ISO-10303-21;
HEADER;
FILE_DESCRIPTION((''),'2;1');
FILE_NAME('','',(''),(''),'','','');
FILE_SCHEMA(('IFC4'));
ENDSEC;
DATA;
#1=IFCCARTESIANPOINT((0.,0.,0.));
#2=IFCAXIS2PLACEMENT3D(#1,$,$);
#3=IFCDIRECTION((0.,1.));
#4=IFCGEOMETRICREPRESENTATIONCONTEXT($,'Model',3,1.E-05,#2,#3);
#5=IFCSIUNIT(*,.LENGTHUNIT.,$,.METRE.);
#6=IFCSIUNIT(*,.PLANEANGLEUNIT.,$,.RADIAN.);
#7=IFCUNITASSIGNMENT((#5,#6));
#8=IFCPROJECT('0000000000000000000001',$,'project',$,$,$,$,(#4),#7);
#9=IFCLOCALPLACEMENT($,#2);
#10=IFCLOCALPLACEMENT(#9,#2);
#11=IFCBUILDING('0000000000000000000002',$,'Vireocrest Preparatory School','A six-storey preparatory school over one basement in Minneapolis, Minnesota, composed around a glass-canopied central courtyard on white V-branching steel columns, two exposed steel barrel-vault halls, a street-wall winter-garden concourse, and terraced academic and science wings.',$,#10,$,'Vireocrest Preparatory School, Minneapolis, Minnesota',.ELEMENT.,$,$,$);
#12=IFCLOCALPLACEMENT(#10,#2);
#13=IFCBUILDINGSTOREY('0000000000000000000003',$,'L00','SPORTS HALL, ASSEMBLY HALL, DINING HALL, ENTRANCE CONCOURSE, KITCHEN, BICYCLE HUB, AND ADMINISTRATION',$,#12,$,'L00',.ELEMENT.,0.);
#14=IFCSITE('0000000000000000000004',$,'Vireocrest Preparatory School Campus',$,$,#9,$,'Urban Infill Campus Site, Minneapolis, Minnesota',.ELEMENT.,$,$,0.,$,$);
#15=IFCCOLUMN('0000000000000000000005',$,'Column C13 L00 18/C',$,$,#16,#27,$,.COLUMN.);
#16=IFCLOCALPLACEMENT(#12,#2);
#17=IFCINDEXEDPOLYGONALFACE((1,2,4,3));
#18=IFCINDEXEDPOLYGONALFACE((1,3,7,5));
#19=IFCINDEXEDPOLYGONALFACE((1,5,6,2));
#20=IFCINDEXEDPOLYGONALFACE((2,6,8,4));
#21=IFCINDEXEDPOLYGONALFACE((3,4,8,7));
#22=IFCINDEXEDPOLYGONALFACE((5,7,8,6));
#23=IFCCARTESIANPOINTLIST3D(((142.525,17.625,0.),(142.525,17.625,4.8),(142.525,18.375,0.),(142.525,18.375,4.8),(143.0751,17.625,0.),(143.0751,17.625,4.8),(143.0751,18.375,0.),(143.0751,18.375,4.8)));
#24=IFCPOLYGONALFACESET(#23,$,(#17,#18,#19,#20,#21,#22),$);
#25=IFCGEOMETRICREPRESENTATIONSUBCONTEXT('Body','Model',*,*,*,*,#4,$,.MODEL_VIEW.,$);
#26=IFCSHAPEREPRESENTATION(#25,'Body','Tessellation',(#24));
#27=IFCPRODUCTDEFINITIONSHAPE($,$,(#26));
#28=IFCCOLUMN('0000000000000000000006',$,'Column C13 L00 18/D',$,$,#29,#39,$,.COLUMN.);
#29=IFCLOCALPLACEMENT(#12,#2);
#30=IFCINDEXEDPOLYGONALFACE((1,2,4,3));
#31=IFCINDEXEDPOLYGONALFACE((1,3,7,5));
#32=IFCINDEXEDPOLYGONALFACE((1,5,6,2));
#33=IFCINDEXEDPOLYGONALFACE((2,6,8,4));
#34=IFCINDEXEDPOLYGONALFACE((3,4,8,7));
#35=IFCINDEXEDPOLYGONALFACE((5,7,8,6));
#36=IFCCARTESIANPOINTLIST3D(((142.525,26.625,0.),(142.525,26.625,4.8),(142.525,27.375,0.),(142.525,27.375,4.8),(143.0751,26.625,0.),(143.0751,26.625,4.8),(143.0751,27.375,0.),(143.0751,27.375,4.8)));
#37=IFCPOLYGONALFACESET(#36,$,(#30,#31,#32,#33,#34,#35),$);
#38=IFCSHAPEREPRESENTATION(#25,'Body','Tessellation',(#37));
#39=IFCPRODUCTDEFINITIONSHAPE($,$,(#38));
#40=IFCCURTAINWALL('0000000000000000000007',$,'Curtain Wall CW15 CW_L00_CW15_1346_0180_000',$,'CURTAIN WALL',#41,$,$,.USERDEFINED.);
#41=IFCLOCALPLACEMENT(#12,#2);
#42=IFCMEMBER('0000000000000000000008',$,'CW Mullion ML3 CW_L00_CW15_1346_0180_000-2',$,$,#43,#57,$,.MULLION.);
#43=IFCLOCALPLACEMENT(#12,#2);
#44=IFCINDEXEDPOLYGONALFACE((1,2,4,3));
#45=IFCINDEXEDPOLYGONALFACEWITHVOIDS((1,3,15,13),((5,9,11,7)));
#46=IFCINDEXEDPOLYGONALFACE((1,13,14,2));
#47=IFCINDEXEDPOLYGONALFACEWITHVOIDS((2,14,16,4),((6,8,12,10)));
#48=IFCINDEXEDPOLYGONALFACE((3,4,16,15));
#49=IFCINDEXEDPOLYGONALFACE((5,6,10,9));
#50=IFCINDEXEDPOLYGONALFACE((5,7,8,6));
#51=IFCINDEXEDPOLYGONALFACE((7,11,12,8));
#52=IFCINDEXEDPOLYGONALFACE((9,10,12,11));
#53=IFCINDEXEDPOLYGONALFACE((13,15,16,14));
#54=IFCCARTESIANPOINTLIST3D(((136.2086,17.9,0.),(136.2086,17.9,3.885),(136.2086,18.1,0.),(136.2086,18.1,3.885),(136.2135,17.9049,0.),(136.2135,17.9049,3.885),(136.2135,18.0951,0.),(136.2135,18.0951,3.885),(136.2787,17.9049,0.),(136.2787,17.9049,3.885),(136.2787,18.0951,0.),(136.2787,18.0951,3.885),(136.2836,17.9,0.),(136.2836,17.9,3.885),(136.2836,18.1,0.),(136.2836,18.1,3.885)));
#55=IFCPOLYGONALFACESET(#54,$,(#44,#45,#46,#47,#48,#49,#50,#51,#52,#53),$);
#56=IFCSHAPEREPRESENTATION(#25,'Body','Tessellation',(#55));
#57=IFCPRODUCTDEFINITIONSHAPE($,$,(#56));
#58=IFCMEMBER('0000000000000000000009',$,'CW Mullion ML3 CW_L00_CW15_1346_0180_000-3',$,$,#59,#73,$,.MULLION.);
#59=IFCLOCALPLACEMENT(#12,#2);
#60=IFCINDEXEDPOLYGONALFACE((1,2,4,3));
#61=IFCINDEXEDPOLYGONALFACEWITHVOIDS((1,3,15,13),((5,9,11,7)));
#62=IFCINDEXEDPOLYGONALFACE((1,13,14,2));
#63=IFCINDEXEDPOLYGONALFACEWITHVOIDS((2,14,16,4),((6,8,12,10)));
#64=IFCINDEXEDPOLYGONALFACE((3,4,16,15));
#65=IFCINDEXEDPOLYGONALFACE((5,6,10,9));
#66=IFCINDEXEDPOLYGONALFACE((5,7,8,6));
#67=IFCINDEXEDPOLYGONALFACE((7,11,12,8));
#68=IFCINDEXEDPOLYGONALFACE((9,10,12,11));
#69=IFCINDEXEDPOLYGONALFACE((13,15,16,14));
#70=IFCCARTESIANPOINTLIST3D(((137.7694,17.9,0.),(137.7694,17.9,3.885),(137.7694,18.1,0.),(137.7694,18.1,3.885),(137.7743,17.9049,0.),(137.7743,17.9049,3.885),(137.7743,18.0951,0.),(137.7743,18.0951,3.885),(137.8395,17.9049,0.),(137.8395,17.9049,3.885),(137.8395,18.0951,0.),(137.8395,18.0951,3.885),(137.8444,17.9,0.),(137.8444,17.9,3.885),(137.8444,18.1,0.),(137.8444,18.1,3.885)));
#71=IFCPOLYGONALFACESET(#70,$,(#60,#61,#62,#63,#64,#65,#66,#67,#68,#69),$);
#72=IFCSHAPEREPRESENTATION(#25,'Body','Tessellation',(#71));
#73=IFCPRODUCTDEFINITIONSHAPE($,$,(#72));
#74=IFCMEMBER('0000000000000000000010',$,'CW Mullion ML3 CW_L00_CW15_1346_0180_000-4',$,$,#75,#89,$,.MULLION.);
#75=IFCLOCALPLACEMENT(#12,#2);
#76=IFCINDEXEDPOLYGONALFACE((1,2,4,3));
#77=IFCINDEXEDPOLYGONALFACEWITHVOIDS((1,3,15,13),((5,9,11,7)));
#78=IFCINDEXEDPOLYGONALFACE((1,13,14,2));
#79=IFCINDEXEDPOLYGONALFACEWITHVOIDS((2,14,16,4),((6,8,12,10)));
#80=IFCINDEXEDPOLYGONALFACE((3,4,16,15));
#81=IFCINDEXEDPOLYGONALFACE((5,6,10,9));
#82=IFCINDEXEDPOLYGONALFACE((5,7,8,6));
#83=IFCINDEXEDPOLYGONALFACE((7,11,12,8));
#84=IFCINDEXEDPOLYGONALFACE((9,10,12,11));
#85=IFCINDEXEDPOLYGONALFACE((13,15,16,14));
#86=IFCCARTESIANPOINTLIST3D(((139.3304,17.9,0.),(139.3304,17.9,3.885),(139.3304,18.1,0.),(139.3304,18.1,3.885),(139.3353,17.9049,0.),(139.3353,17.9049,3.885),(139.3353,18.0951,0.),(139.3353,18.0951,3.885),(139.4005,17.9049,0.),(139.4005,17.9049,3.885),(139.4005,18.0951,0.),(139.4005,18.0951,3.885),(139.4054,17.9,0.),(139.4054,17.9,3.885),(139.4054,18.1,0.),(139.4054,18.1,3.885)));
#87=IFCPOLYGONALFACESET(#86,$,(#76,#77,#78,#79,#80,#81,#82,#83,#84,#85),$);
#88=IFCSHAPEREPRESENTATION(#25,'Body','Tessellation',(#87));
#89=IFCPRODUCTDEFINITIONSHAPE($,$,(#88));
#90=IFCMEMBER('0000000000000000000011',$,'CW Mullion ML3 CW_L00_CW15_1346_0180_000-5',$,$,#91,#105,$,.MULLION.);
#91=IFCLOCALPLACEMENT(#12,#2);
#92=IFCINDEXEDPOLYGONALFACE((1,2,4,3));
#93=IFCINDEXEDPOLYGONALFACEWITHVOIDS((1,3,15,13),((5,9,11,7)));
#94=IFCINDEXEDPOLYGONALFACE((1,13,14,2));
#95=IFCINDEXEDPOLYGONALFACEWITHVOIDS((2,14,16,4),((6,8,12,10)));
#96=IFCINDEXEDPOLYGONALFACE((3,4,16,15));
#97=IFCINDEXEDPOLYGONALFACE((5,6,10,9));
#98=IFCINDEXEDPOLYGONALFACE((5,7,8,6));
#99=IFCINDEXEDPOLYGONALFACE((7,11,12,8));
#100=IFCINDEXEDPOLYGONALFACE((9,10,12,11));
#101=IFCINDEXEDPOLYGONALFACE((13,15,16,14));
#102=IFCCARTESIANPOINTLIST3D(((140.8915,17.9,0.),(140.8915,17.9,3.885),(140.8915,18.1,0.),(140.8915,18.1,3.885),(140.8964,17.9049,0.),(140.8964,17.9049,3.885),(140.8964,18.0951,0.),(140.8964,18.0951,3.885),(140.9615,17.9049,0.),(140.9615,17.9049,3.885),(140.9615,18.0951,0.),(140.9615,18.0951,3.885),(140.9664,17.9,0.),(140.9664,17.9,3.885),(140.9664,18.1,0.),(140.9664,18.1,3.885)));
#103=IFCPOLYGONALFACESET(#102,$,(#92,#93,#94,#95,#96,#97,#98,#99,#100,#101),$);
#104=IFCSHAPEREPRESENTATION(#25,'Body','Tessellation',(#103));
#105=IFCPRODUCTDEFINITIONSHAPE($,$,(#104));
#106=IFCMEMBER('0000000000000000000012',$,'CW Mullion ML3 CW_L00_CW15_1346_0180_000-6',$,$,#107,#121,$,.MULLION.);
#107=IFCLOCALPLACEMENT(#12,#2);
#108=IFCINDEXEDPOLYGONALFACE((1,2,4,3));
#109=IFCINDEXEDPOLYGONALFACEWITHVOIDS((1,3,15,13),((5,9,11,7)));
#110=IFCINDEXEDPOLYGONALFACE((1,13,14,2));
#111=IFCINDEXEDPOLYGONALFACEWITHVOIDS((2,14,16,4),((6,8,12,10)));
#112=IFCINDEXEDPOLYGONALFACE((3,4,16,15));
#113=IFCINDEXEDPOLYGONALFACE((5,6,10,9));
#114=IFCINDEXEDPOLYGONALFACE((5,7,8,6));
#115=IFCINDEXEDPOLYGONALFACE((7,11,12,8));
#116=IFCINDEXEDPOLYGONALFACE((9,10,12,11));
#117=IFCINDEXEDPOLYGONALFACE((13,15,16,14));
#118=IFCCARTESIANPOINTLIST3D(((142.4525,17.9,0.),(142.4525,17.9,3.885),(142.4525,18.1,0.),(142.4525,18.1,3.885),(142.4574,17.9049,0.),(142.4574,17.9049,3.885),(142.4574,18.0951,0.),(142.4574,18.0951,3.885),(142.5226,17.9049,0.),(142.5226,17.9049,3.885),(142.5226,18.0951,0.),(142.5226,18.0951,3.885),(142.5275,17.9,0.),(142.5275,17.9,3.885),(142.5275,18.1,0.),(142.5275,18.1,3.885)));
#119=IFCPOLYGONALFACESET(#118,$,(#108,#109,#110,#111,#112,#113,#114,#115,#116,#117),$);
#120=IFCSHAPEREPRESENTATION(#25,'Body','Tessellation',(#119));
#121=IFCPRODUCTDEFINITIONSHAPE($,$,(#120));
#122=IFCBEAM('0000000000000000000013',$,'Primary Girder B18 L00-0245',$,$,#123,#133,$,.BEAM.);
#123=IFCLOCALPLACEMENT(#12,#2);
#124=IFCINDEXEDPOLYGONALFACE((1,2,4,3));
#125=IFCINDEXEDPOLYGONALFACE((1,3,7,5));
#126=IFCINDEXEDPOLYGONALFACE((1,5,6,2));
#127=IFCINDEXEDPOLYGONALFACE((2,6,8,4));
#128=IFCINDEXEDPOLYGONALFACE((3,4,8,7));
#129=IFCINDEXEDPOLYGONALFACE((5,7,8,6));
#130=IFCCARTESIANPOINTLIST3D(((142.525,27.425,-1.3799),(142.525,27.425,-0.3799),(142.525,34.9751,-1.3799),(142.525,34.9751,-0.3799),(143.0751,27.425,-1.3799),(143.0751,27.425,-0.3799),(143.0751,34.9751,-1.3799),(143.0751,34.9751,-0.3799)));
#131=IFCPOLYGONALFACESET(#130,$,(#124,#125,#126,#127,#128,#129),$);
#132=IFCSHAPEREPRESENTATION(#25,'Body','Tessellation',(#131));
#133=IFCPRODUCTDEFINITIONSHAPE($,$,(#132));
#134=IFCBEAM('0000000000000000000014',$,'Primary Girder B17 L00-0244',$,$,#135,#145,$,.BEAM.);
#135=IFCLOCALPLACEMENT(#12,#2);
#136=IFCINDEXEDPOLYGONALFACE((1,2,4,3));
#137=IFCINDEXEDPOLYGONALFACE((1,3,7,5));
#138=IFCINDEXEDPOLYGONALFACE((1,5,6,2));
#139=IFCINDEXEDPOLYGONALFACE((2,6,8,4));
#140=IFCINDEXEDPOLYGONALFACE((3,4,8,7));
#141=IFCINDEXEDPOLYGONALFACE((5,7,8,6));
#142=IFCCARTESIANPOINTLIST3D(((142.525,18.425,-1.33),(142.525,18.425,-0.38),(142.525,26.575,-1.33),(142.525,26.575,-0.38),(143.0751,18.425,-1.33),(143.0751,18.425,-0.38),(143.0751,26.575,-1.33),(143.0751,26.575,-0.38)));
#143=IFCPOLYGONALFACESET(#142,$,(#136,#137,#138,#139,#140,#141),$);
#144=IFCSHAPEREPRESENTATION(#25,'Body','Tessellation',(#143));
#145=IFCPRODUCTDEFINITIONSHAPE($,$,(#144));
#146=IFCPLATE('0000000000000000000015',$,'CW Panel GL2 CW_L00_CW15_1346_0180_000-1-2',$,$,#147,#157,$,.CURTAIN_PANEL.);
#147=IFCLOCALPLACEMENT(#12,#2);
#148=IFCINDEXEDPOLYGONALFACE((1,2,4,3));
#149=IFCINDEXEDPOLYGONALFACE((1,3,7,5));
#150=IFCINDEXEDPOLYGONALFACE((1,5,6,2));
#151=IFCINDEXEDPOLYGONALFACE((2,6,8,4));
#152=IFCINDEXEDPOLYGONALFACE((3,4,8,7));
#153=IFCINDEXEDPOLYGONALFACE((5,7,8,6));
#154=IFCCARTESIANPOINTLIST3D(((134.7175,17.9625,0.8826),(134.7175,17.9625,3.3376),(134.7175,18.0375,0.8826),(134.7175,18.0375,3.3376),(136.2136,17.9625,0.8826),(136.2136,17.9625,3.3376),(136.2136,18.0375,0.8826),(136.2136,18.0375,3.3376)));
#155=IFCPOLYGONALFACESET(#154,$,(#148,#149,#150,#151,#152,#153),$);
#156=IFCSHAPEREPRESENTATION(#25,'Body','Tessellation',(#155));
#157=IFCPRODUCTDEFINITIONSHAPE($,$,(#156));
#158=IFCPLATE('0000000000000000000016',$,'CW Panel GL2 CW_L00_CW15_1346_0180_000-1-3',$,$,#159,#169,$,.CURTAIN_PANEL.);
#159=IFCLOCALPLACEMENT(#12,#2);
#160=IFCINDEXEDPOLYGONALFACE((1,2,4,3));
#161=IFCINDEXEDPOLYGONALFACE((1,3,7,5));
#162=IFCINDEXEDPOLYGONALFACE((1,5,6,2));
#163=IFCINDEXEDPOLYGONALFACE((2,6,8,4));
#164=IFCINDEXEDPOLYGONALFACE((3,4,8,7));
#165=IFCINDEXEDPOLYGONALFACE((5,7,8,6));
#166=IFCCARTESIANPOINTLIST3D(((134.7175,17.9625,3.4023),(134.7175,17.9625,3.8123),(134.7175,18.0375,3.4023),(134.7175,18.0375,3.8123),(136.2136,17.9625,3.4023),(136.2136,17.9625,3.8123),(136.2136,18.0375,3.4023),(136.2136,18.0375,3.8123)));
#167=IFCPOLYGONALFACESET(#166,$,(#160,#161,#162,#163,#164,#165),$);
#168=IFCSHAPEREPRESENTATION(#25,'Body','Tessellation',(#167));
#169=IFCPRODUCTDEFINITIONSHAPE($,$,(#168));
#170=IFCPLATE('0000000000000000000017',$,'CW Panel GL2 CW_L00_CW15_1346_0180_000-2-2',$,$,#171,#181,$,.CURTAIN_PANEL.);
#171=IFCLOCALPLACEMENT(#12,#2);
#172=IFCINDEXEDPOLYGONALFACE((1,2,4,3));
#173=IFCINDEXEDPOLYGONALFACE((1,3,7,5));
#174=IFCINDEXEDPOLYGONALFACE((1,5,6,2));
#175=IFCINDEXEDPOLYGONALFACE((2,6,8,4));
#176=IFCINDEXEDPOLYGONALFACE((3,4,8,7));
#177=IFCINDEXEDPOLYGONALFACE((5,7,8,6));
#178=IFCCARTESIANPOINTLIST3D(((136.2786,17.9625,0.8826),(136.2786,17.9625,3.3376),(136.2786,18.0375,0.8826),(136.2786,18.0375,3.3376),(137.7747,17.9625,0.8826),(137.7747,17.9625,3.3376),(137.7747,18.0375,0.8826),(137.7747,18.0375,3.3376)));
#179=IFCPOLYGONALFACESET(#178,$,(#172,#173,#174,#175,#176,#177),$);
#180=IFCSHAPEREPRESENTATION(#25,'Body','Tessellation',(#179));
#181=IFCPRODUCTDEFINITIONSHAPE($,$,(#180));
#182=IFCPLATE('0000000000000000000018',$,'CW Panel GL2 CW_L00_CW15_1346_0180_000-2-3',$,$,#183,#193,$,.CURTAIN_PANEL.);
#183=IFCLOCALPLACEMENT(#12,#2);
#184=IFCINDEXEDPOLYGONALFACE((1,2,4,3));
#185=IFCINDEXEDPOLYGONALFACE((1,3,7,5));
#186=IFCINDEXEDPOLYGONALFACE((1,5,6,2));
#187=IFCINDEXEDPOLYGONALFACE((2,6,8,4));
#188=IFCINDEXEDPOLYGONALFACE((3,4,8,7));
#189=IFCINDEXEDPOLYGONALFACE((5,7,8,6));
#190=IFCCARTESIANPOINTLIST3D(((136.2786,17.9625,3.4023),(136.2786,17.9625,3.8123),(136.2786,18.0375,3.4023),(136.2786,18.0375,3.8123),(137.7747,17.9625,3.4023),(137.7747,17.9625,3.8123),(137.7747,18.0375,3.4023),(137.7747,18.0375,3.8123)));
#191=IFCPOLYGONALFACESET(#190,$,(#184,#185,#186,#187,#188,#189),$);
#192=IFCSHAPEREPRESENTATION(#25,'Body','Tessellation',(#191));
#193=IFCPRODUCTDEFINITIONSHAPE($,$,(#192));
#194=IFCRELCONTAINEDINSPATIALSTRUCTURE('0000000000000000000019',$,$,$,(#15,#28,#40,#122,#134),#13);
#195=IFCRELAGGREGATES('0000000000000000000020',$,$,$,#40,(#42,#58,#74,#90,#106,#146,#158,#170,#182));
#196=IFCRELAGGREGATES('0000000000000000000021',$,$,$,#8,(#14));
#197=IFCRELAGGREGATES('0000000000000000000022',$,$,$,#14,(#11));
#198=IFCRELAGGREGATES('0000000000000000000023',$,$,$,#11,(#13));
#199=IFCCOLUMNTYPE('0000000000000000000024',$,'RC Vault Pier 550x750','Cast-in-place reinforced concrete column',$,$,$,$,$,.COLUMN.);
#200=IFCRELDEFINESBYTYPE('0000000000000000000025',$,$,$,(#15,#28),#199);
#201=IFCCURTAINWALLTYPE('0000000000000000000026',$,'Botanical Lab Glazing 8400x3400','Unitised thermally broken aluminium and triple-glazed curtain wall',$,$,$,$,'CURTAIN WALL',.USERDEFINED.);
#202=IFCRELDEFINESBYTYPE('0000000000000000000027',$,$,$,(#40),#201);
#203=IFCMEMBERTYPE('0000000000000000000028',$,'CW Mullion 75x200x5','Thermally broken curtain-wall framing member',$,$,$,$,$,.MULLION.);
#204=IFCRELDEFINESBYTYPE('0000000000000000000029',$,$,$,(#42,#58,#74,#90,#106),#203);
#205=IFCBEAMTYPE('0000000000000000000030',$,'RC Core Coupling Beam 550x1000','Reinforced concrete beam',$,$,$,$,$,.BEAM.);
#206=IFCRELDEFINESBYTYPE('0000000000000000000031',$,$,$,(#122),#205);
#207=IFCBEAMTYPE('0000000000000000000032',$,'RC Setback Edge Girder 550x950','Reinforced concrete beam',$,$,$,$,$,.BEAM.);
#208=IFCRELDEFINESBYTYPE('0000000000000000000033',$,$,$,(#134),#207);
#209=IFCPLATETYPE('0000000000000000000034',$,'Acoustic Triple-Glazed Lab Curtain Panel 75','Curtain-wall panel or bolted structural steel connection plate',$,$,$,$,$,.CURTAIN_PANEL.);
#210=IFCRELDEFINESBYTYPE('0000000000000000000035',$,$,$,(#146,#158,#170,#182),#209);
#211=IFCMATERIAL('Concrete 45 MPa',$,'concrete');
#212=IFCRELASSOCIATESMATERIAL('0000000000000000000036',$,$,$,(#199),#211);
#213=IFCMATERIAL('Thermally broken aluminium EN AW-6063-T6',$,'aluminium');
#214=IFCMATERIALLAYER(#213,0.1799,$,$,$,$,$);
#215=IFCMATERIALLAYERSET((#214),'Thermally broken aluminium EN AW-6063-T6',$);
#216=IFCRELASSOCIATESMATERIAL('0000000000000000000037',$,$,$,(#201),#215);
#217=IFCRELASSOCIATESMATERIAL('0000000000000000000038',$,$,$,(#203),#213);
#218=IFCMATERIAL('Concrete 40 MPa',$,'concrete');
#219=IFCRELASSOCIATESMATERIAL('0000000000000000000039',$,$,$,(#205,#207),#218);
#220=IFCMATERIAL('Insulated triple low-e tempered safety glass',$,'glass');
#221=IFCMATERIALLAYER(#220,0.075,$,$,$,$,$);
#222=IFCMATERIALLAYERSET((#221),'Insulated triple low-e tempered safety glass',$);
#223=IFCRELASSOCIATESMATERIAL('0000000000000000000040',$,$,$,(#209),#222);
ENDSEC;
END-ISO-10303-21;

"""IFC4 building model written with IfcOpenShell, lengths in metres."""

from ifc_helpers import new_model, si_unit, direction, frame, origin, origin_2d, place, context, subcontext, project, spatial, rectangle, hollow_rectangle, extrude, material, layer, layer_set, material_profile, profile_set, type_object, element, aggregate, save


model = new_model("IFC4")

# Units and contexts
model_context = context("Model", 3, precision=1e-05, world=origin(), true_north=direction((0.0, 1.0)))
body_context = subcontext(model_context, "Body", "Model", "MODEL_VIEW")
ifc_project = project(units=[si_unit("LENGTHUNIT", "METRE"), si_unit("PLANEANGLEUNIT", "RADIAN")], contexts=[model_context])

# Site, building, storey
site_placement = place(None, origin())
site = spatial("IfcSite", under=ifc_project, at=site_placement, Name="Vireocrest Preparatory School Campus", LongName="Urban Infill Campus Site, Minneapolis, Minnesota", CompositionType="ELEMENT", RefElevation=0.0)
building_placement = place(site_placement, origin())
building = spatial("IfcBuilding", under=site, at=building_placement, Name="Vireocrest Preparatory School", Description="A six-storey preparatory school over one basement in Minneapolis, Minnesota, composed around a glass-canopied central courtyard on white V-branching steel columns, two exposed steel barrel-vault halls, a street-wall winter-garden concourse, and terraced academic and science wings.", LongName="Vireocrest Preparatory School, Minneapolis, Minnesota", CompositionType="ELEMENT")
storey_placement = place(building_placement, origin())
storey = spatial("IfcBuildingStorey", under=building, at=storey_placement, Name="L00", Description="SPORTS HALL, ASSEMBLY HALL, DINING HALL, ENTRANCE CONCOURSE, KITCHEN, BICYCLE HUB, AND ADMINISTRATION", LongName="L00", CompositionType="ELEMENT", Elevation=0.0)

# Columns
ifc_material_1 = material(Name="Concrete 45 MPa", Category="concrete")
ifc_material_profile_1 = material_profile(ifc_material_1, rectangle(XDim=0.55, YDim=0.75, at=origin_2d()), Name="RC 550x750")
ifc_profile_set_1 = profile_set([ifc_material_profile_1], Name="Concrete 45 MPa")
column_type = type_object("IfcColumnType", Name="RC Vault Pier 550x750", Description="Cast-in-place reinforced concrete column", PredefinedType="COLUMN", material=ifc_profile_set_1)
for number, where, z_axis, x_axis, name in (
    (1, (142.8, 18.0, 0.0), (0.0, 0.0, 1.0), (1.0, 0.0, 0.0), "Column C13 L00 18/C"),
    (2, (142.8, 27.0, 0.0), (0.0, 0.0, 1.0), (1.0, 0.0, 0.0), "Column C13 L00 18/D"),
):
    element("IfcColumn", number, at=place(storey_placement, frame(where, z_axis=z_axis, x_axis=x_axis)), inside=storey, type_object=column_type, Name=name, PredefinedType="COLUMN", context=body_context, shape_type="SweptSolid", body=[
        extrude(rectangle(XDim=0.55, YDim=0.75, at=origin_2d()), origin(), (0.0, 0.0, 1.0), 4.8),
    ])

# Curtain wall, members
ifc_material_2 = material(Name="Thermally broken aluminium EN AW-6063-T6", Category="aluminium")
ifc_layer_1 = layer(ifc_material_2, 0.1799)
ifc_layer_set_1 = layer_set([ifc_layer_1], Name="Thermally broken aluminium EN AW-6063-T6")
curtain_wall_type = type_object("IfcCurtainWallType", Name="Botanical Lab Glazing 8400x3400", Description="Unitised thermally broken aluminium and triple-glazed curtain wall", ElementType="CURTAIN WALL", PredefinedType="USERDEFINED", material=ifc_layer_set_1)
curtain_wall_placement = place(storey_placement, origin())
curtain_wall = element("IfcCurtainWall", 3, at=curtain_wall_placement, inside=storey, type_object=curtain_wall_type, Name="Curtain Wall CW15 CW_L00_CW15_1346_0180_000", ObjectType="CURTAIN WALL", PredefinedType="USERDEFINED")
ifc_material_profile_2 = material_profile(ifc_material_2, hollow_rectangle(XDim=0.075, YDim=0.2, WallThickness=0.0049, at=origin_2d()), Name="ALU 75x200x5")
ifc_profile_set_2 = profile_set([ifc_material_profile_2], Name="Thermally broken aluminium EN AW-6063-T6")
member_type = type_object("IfcMemberType", Name="CW Mullion 75x200x5", Description="Thermally broken curtain-wall framing member", PredefinedType="MULLION", material=ifc_profile_set_2)
member_1_placement = place(storey_placement, frame((136.2461, 18.0, 0.0), z_axis=(0.0, 0.0, 1.0), x_axis=(1.0, 0.0, 0.0)))
member_1 = element("IfcMember", 4, at=member_1_placement, type_object=member_type, Name="CW Mullion ML3 CW_L00_CW15_1346_0180_000-2", PredefinedType="MULLION", context=body_context, shape_type="SweptSolid", body=[
    extrude(hollow_rectangle(XDim=0.075, YDim=0.2, WallThickness=0.0049, at=origin_2d()), origin(), (0.0, 0.0, 1.0), 3.885),
])
member_2_placement = place(storey_placement, frame((137.8069, 18.0, 0.0), z_axis=(0.0, 0.0, 1.0), x_axis=(1.0, 0.0, 0.0)))
member_2 = element("IfcMember", 5, at=member_2_placement, type_object=member_type, Name="CW Mullion ML3 CW_L00_CW15_1346_0180_000-3", PredefinedType="MULLION", context=body_context, shape_type="SweptSolid", body=[
    extrude(hollow_rectangle(XDim=0.075, YDim=0.2, WallThickness=0.0049, at=origin_2d()), origin(), (0.0, 0.0, 1.0), 3.885),
])
member_3_placement = place(storey_placement, frame((139.3679, 18.0, 0.0), z_axis=(0.0, 0.0, 1.0), x_axis=(1.0, 0.0, 0.0)))
member_3 = element("IfcMember", 6, at=member_3_placement, type_object=member_type, Name="CW Mullion ML3 CW_L00_CW15_1346_0180_000-4", PredefinedType="MULLION", context=body_context, shape_type="SweptSolid", body=[
    extrude(hollow_rectangle(XDim=0.075, YDim=0.2, WallThickness=0.0049, at=origin_2d()), origin(), (0.0, 0.0, 1.0), 3.885),
])
member_4_placement = place(storey_placement, frame((140.929, 18.0, 0.0), z_axis=(0.0, 0.0, 1.0), x_axis=(1.0, 0.0, 0.0)))
member_4 = element("IfcMember", 7, at=member_4_placement, type_object=member_type, Name="CW Mullion ML3 CW_L00_CW15_1346_0180_000-5", PredefinedType="MULLION", context=body_context, shape_type="SweptSolid", body=[
    extrude(hollow_rectangle(XDim=0.075, YDim=0.2, WallThickness=0.0049, at=origin_2d()), origin(), (0.0, 0.0, 1.0), 3.885),
])
member_5_placement = place(storey_placement, frame((142.49, 18.0, 0.0), z_axis=(0.0, 0.0, 1.0), x_axis=(1.0, 0.0, 0.0)))
member_5 = element("IfcMember", 8, at=member_5_placement, type_object=member_type, Name="CW Mullion ML3 CW_L00_CW15_1346_0180_000-6", PredefinedType="MULLION", context=body_context, shape_type="SweptSolid", body=[
    extrude(hollow_rectangle(XDim=0.075, YDim=0.2, WallThickness=0.0049, at=origin_2d()), origin(), (0.0, 0.0, 1.0), 3.885),
])

# Beams
ifc_material_3 = material(Name="Concrete 40 MPa", Category="concrete")
ifc_material_profile_3 = material_profile(ifc_material_3, rectangle(XDim=0.55, YDim=1.0, at=origin_2d()), Name="RC 550x1000")
ifc_profile_set_3 = profile_set([ifc_material_profile_3], Name="Concrete 40 MPa")
beam_type_1 = type_object("IfcBeamType", Name="RC Core Coupling Beam 550x1000", Description="Reinforced concrete beam", PredefinedType="BEAM", material=ifc_profile_set_3)
beam_1_placement = place(storey_placement, frame((142.8, 27.425, -0.8799), z_axis=(0.0, 1.0, 0.0), x_axis=(-1.0, 0.0, 0.0)))
element("IfcBeam", 9, at=beam_1_placement, inside=storey, type_object=beam_type_1, Name="Primary Girder B18 L00-0245", PredefinedType="BEAM", context=body_context, shape_type="SweptSolid", body=[
    extrude(rectangle(XDim=0.55, YDim=1.0, at=origin_2d()), origin(), (0.0, 0.0, 1.0), 7.55),
])
ifc_material_profile_4 = material_profile(ifc_material_3, rectangle(XDim=0.55, YDim=0.95, at=origin_2d()), Name="RC 550x950")
ifc_profile_set_4 = profile_set([ifc_material_profile_4], Name="Concrete 40 MPa")
beam_type_2 = type_object("IfcBeamType", Name="RC Setback Edge Girder 550x950", Description="Reinforced concrete beam", PredefinedType="BEAM", material=ifc_profile_set_4)
beam_2_placement = place(storey_placement, frame((142.8, 18.425, -0.855), z_axis=(0.0, 1.0, 0.0), x_axis=(-1.0, 0.0, 0.0)))
element("IfcBeam", 10, at=beam_2_placement, inside=storey, type_object=beam_type_2, Name="Primary Girder B17 L00-0244", PredefinedType="BEAM", context=body_context, shape_type="SweptSolid", body=[
    extrude(rectangle(XDim=0.55, YDim=0.95, at=origin_2d()), origin(), (0.0, 0.0, 1.0), 8.1499),
])

# Plates
ifc_material_4 = material(Name="Insulated triple low-e tempered safety glass", Category="glass")
ifc_layer_2 = layer(ifc_material_4, 0.075)
ifc_layer_set_2 = layer_set([ifc_layer_2], Name="Insulated triple low-e tempered safety glass")
plate_type_1 = type_object("IfcPlateType", Name="Acoustic Triple-Glazed Lab Curtain Panel 75", Description="Curtain-wall panel or bolted structural steel connection plate", PredefinedType="CURTAIN_PANEL", material=ifc_layer_set_2)
plate_1_placement = place(storey_placement, frame((135.4656, 18.0, 0.8826), z_axis=(0.0, 0.0, 1.0), x_axis=(1.0, 0.0, 0.0)))
plate_1 = element("IfcPlate", 11, at=plate_1_placement, type_object=plate_type_1, Name="CW Panel GL2 CW_L00_CW15_1346_0180_000-1-2", PredefinedType="CURTAIN_PANEL", context=body_context, shape_type="SweptSolid", body=[
    extrude(rectangle(XDim=1.4961, YDim=0.075, at=origin_2d()), origin(), (0.0, 0.0, 1.0), 2.4551),
])
plate_2_placement = place(storey_placement, frame((135.4656, 18.0, 3.4023), z_axis=(0.0, 0.0, 1.0), x_axis=(1.0, 0.0, 0.0)))
plate_2 = element("IfcPlate", 12, at=plate_2_placement, type_object=plate_type_1, Name="CW Panel GL2 CW_L00_CW15_1346_0180_000-1-3", PredefinedType="CURTAIN_PANEL", context=body_context, shape_type="SweptSolid", body=[
    extrude(rectangle(XDim=1.4961, YDim=0.075, at=origin_2d()), origin(), (0.0, 0.0, 1.0), 0.4099),
])
plate_3_placement = place(storey_placement, frame((137.0266, 18.0, 0.8826), z_axis=(0.0, 0.0, 1.0), x_axis=(1.0, 0.0, 0.0)))
plate_3 = element("IfcPlate", 13, at=plate_3_placement, type_object=plate_type_1, Name="CW Panel GL2 CW_L00_CW15_1346_0180_000-2-2", PredefinedType="CURTAIN_PANEL", context=body_context, shape_type="SweptSolid", body=[
    extrude(rectangle(XDim=1.4961, YDim=0.075, at=origin_2d()), origin(), (0.0, 0.0, 1.0), 2.4551),
])
plate_4_placement = place(storey_placement, frame((137.0266, 18.0, 3.4023), z_axis=(0.0, 0.0, 1.0), x_axis=(1.0, 0.0, 0.0)))
plate_4 = element("IfcPlate", 14, at=plate_4_placement, type_object=plate_type_1, Name="CW Panel GL2 CW_L00_CW15_1346_0180_000-2-3", PredefinedType="CURTAIN_PANEL", context=body_context, shape_type="SweptSolid", body=[
    extrude(rectangle(XDim=1.4961, YDim=0.075, at=origin_2d()), origin(), (0.0, 0.0, 1.0), 0.4099),
])
aggregate(curtain_wall, [member_1, member_2, member_3, member_4, member_5, plate_1, plate_2, plate_3, plate_4])

save(model, "model.ifc")
